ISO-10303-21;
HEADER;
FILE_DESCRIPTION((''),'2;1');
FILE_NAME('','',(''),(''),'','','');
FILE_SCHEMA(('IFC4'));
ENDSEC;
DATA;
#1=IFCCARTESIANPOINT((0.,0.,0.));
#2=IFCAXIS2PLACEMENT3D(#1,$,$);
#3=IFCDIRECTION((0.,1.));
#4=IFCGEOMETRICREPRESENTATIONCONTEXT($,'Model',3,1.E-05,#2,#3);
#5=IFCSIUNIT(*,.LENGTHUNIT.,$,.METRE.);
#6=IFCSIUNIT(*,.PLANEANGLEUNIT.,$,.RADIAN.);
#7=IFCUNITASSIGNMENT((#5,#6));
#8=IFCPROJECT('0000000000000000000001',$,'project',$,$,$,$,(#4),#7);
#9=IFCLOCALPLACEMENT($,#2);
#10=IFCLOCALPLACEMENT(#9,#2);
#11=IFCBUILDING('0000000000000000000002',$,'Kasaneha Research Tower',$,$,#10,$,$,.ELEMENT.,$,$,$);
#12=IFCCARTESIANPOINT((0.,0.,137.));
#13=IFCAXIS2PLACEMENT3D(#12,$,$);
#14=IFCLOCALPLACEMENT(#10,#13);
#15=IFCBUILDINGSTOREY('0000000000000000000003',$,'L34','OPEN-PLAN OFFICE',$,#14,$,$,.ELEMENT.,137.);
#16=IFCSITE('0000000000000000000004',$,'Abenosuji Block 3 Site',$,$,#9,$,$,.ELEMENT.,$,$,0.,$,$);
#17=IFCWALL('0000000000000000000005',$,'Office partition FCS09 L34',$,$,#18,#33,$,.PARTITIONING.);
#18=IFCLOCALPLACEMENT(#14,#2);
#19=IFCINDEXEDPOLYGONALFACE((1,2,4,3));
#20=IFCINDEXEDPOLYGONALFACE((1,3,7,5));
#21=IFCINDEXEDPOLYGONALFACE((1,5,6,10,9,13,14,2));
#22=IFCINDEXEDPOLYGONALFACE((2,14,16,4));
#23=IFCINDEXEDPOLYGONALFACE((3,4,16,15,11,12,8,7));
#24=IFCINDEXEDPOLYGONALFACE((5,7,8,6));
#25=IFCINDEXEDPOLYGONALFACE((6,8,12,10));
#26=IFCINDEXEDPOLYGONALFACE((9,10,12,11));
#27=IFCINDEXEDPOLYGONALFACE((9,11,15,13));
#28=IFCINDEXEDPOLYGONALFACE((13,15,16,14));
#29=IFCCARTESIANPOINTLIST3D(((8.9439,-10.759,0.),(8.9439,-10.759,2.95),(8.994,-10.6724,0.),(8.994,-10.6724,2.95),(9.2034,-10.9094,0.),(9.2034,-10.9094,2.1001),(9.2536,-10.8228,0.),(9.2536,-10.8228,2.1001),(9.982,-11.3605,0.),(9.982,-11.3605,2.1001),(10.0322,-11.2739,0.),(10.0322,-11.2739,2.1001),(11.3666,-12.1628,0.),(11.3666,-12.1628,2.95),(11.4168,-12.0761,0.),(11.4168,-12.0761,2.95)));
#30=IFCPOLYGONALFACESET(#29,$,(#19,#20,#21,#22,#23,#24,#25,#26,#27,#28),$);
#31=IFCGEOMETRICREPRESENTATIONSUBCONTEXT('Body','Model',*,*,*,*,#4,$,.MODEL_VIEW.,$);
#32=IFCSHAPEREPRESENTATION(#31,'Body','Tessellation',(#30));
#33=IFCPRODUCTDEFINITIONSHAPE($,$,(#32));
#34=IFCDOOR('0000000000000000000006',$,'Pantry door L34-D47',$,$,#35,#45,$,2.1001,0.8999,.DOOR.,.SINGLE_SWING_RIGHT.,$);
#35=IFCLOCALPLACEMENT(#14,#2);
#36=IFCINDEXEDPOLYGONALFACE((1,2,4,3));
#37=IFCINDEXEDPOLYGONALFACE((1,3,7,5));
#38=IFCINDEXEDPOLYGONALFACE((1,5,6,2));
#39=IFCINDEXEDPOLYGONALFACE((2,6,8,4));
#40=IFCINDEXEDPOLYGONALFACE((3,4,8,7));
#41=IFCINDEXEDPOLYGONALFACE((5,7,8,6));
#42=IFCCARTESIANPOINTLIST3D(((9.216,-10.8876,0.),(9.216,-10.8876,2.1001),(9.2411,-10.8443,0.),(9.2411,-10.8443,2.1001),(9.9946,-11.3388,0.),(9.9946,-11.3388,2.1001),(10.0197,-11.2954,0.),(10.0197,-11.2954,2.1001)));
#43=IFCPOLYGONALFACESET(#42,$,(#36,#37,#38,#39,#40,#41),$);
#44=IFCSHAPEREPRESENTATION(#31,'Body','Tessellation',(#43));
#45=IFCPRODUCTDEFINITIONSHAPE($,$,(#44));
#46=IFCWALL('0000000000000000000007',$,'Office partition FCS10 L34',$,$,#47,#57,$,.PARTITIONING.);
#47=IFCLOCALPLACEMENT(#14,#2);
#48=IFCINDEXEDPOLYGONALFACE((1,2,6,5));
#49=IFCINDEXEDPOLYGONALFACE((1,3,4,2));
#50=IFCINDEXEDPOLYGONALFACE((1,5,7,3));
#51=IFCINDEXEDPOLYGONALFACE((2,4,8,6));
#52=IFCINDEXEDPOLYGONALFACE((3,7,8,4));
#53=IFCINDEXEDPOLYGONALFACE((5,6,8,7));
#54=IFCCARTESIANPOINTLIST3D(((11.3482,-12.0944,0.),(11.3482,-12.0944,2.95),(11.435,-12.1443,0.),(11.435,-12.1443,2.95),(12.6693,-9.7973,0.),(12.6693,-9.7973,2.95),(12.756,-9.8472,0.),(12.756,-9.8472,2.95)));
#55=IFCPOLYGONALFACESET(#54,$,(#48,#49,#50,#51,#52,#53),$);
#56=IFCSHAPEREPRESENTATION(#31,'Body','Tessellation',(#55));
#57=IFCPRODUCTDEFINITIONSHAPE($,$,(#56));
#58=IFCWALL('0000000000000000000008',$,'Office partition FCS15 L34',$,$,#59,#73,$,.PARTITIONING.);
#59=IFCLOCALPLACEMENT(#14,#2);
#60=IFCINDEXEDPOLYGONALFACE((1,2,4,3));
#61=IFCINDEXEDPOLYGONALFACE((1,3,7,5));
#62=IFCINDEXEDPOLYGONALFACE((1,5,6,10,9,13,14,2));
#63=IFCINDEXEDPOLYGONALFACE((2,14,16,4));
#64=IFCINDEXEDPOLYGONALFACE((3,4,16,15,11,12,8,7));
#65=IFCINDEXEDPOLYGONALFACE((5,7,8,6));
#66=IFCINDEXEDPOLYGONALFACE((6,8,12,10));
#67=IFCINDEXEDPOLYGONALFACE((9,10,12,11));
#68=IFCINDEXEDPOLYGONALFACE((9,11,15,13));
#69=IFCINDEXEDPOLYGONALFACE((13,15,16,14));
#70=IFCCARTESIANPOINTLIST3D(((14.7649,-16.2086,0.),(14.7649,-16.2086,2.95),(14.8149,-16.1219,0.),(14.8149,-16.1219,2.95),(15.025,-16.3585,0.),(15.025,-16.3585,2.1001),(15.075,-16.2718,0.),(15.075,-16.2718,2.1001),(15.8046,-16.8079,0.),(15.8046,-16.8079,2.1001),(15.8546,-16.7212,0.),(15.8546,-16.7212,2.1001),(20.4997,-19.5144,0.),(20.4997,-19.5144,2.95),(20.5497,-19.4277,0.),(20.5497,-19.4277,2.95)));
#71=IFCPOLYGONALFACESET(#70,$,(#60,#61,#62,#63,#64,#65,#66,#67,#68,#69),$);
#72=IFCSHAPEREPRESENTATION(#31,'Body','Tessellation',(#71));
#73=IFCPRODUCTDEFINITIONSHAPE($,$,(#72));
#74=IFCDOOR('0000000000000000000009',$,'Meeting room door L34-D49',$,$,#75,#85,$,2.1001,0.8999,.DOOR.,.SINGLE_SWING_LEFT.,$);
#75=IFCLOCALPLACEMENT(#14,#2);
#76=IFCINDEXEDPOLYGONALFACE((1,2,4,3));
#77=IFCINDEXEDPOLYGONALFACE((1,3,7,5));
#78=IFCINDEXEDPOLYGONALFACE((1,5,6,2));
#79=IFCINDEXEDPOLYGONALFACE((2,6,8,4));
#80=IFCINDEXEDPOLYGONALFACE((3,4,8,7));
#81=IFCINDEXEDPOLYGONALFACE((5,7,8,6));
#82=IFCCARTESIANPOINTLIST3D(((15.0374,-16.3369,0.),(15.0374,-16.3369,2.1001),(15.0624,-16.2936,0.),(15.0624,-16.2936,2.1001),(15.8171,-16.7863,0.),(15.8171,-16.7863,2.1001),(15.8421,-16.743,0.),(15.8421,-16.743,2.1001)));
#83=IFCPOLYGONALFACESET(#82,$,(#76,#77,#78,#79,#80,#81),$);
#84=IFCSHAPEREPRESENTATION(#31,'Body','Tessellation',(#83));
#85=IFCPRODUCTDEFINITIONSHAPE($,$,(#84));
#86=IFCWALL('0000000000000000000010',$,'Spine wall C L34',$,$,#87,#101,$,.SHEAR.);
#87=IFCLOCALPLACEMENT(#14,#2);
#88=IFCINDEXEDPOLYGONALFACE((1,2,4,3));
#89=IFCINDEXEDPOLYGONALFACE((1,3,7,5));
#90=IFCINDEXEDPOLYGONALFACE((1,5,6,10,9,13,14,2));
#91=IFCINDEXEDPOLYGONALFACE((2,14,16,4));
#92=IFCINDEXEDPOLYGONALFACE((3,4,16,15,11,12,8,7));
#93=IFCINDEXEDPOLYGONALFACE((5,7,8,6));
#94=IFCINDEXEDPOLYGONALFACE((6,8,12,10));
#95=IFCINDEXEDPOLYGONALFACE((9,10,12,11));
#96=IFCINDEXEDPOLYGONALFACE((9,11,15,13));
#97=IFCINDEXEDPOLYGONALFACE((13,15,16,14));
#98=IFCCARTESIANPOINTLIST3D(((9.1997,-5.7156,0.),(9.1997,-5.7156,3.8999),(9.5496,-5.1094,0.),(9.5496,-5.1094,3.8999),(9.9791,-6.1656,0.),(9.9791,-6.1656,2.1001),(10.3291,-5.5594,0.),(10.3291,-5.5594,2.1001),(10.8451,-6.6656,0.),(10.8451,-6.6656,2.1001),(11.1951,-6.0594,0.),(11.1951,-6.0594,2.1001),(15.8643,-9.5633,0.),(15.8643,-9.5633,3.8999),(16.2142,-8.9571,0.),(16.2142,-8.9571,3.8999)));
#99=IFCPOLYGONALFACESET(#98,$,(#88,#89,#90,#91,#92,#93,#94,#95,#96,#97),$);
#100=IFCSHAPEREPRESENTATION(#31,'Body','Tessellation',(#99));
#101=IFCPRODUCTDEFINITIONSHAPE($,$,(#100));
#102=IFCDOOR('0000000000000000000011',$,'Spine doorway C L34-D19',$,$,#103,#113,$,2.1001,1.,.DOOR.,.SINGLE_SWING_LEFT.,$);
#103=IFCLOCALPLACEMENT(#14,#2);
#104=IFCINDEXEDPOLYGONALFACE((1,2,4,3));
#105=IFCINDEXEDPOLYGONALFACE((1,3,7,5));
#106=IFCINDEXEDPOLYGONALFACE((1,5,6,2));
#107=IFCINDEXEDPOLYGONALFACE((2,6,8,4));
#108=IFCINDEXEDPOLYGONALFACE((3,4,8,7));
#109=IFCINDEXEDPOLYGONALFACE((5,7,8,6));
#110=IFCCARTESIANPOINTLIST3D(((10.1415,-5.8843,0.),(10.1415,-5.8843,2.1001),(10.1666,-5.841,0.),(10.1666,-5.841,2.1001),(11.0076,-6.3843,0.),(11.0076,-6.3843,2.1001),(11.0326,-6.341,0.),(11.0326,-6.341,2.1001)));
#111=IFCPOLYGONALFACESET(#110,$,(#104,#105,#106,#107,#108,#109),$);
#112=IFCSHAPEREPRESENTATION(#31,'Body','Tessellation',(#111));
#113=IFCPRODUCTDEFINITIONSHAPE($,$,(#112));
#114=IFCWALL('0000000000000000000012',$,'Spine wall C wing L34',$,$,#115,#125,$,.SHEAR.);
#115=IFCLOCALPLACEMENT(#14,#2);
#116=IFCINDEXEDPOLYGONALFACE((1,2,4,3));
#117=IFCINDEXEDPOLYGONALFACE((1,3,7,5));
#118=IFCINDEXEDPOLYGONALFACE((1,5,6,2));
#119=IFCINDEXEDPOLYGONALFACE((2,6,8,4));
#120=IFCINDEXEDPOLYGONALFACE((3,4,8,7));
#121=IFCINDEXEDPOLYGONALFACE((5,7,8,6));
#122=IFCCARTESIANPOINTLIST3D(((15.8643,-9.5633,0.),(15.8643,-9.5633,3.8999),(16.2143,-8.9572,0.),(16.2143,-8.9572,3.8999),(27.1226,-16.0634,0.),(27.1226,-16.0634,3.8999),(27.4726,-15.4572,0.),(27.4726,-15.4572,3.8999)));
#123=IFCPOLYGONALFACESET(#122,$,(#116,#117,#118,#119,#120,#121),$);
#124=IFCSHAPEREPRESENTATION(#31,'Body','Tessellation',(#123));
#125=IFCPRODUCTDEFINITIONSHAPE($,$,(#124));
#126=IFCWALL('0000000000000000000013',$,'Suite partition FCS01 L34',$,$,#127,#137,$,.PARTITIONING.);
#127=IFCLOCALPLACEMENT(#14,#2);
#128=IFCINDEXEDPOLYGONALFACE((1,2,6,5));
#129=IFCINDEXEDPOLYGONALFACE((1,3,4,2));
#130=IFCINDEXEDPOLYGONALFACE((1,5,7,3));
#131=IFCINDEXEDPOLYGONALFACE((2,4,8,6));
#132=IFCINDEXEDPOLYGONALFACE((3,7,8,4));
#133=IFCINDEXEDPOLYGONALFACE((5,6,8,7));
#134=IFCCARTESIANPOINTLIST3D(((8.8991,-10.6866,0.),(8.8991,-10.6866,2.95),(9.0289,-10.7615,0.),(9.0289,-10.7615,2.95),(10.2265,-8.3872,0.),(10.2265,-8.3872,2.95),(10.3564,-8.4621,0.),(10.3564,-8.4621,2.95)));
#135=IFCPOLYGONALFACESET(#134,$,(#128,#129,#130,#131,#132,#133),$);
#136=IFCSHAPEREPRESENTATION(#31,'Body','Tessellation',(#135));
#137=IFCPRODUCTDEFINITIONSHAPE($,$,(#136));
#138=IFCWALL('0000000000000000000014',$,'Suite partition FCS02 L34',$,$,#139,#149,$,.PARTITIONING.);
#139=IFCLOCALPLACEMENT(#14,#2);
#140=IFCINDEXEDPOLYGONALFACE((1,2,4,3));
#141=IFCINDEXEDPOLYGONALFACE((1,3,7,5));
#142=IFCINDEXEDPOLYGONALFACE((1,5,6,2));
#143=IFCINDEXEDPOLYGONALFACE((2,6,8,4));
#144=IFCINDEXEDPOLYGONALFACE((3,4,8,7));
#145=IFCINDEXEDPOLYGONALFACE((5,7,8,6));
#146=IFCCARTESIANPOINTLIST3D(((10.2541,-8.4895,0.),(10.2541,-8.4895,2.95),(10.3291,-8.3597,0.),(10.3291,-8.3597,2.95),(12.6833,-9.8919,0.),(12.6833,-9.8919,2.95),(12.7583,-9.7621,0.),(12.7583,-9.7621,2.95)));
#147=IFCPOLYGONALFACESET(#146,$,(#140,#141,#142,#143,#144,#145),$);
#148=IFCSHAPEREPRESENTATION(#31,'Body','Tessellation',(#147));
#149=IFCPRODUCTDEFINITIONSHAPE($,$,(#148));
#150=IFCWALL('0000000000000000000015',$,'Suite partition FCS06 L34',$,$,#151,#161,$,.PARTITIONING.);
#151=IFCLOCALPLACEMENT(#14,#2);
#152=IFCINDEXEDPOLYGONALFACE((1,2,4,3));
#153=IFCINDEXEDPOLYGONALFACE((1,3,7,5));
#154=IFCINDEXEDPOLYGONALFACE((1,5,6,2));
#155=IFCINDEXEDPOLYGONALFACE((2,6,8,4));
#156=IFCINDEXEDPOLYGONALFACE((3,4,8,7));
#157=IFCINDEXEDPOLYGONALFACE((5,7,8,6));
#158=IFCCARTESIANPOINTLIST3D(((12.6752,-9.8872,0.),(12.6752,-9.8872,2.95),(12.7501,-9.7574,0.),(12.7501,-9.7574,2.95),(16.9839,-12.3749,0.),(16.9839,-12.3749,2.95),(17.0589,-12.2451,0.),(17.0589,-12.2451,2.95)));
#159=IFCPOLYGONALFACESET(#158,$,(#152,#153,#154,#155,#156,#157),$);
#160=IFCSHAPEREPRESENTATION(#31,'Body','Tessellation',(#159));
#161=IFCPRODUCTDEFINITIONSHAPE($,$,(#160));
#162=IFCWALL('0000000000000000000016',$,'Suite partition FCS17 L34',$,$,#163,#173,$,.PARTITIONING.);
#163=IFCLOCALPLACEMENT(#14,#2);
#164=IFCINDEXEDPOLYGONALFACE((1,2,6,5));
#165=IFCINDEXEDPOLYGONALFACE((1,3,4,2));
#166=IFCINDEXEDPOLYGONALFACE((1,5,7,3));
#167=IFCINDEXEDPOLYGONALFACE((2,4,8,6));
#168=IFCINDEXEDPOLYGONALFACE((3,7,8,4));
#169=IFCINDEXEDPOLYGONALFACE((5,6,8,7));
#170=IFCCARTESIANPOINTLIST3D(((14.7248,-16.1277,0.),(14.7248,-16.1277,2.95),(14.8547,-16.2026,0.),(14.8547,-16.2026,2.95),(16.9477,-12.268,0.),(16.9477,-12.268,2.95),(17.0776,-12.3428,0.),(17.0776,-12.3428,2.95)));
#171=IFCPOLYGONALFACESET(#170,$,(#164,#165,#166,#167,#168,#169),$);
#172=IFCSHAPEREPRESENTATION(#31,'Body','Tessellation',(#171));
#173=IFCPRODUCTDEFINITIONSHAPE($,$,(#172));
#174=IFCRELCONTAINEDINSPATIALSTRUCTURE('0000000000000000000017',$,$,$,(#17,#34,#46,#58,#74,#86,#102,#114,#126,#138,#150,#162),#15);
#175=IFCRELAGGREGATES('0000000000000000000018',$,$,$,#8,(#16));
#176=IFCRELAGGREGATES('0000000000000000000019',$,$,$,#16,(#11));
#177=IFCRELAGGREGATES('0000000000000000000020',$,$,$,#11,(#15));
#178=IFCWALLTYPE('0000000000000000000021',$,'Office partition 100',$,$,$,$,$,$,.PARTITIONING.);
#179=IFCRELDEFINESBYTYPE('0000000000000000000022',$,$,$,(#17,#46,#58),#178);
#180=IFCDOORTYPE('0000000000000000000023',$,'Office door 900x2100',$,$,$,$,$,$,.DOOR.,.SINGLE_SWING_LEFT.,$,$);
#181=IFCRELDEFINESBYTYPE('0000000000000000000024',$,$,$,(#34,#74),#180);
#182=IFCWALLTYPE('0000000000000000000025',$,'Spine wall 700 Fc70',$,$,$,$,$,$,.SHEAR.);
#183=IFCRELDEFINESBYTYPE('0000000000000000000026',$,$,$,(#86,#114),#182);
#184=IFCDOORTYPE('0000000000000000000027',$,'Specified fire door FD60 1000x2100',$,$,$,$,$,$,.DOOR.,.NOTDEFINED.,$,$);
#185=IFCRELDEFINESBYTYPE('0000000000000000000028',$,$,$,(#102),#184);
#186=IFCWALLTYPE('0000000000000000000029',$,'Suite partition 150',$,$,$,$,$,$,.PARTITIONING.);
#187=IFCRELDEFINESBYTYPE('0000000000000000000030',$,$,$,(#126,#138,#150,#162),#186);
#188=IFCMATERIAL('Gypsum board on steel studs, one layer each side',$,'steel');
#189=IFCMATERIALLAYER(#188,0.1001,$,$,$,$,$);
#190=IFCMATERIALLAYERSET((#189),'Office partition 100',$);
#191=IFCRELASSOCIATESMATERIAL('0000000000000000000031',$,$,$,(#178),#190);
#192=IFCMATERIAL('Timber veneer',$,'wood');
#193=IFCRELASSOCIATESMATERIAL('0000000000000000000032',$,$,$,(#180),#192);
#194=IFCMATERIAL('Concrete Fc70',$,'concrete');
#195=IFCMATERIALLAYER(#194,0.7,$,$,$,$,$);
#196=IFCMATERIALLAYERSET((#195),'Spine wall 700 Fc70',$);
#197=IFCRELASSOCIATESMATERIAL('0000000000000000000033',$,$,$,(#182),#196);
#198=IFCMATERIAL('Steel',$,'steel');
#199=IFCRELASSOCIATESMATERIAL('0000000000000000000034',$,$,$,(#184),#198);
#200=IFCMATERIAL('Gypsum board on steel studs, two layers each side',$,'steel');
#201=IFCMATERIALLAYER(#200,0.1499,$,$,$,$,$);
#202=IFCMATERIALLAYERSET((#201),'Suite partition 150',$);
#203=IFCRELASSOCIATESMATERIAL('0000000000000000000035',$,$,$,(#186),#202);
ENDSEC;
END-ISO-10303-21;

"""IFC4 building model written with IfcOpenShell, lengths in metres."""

from ifc_helpers import new_model, si_unit, direction, frame, frame_2d, origin, place, context, subcontext, project, spatial, rectangle, extrude, material, layer, layer_set, type_object, element, fill, save


model = new_model("IFC4")

# Units and contexts
model_context = context("Model", 3, precision=1e-05, world=origin(), true_north=direction((0.0, 1.0)))
body_context = subcontext(model_context, "Body", "Model", "MODEL_VIEW")
ifc_project = project(units=[si_unit("LENGTHUNIT", "METRE"), si_unit("PLANEANGLEUNIT", "RADIAN")], contexts=[model_context])

# Site, building, storey
site_placement = place(None, origin())
site = spatial("IfcSite", under=ifc_project, at=site_placement, Name="Abenosuji Block 3 Site", CompositionType="ELEMENT", RefElevation=0.0)
building_placement = place(site_placement, origin())
building = spatial("IfcBuilding", under=site, at=building_placement, Name="Kasaneha Research Tower", CompositionType="ELEMENT")
storey_placement = place(building_placement, frame((0.0, 0.0, 137.0)))
storey = spatial("IfcBuildingStorey", under=building, at=storey_placement, Name="L34", Description="OPEN-PLAN OFFICE", CompositionType="ELEMENT", Elevation=137.0)

# Wall, opening, door
ifc_material_1 = material(Name="Gypsum board on steel studs, one layer each side", Category="steel")
ifc_layer_1 = layer(ifc_material_1, 0.1001)
ifc_layer_set_1 = layer_set([ifc_layer_1], Name="Office partition 100")
wall_type_1 = type_object("IfcWallType", Name="Office partition 100", PredefinedType="PARTITIONING", material=ifc_layer_set_1)
wall_1_placement = place(storey_placement, frame((11.3916, -12.1194, 0.0), z_axis=(0.0, 0.0, 1.0), x_axis=(-0.865255, 0.501332, 0.0)))
wall_1 = element("IfcWall", 1, at=wall_1_placement, inside=storey, type_object=wall_type_1, Name="Office partition FCS09 L34", PredefinedType="PARTITIONING", context=body_context, shape_type="SweptSolid", body=[
    extrude(rectangle(XDim=2.8, YDim=0.1001, at=frame_2d((1.3999, 0.0))), origin(), (0.0, 0.0, 1.0), 2.95),
])
opening_1_placement = place(wall_1_placement, frame((1.6001, 0.0, 0.0)))
opening_1 = element("IfcOpeningElement", 2, at=opening_1_placement, cuts=wall_1, PredefinedType="OPENING", context=body_context, shape_type="SweptSolid", body=[
    extrude(rectangle(XDim=0.8999, YDim=2.1001, at=frame_2d((0.45, 1.05))), frame((0.0, 0.0601, 0.0), z_axis=(0.0, -1.0, 0.0), x_axis=(1.0, 0.0, 0.0)), (0.0, 0.0, 1.0), 0.1201),
])
ifc_material_2 = material(Name="Timber veneer", Category="wood")
door_type_1 = type_object("IfcDoorType", Name="Office door 900x2100", OperationType="SINGLE_SWING_LEFT", PredefinedType="DOOR", material=ifc_material_2)
door_1_placement = place(opening_1_placement, origin())
door_1 = element("IfcDoor", 3, at=door_1_placement, inside=storey, type_object=door_type_1, Name="Pantry door L34-D47", OperationType="SINGLE_SWING_RIGHT", OverallHeight=2.1001, OverallWidth=0.8999, PredefinedType="DOOR", context=body_context, shape_type="SweptSolid", body=[
    extrude(rectangle(XDim=0.8999, YDim=2.1001, at=frame_2d((0.45, 1.05))), frame((0.0, 0.0249, 0.0), z_axis=(0.0, -1.0, 0.0), x_axis=(1.0, 0.0, 0.0)), (0.0, 0.0, 1.0), 0.05),
])
fill(opening_1, door_1)

# Wall
wall_2_placement = place(storey_placement, frame((12.7126, -9.8223, 0.0), z_axis=(0.0, 0.0, 1.0), x_axis=(-0.498528, -0.866873, 0.0)))
element("IfcWall", 4, at=wall_2_placement, inside=storey, type_object=wall_type_1, Name="Office partition FCS10 L34", PredefinedType="PARTITIONING", context=body_context, shape_type="SweptSolid", body=[
    extrude(rectangle(XDim=2.6499, YDim=0.1001, at=frame_2d((1.325, 0.0))), origin(), (0.0, 0.0, 1.0), 2.95),
])

# Walls, openings, doors
wall_3_placement = place(storey_placement, frame((14.79, -16.1653, 0.0), z_axis=(0.0, 0.0, 1.0), x_axis=(0.86636, -0.49942, 0.0)))
wall_3 = element("IfcWall", 5, at=wall_3_placement, inside=storey, type_object=wall_type_1, Name="Office partition FCS15 L34", PredefinedType="PARTITIONING", context=body_context, shape_type="SweptSolid", body=[
    extrude(rectangle(XDim=6.6194, YDim=0.1001, at=frame_2d((3.3096, 0.0))), origin(), (0.0, 0.0, 1.0), 2.95),
])
opening_2_placement = place(wall_3_placement, frame((0.3, 0.0, 0.0)))
opening_2 = element("IfcOpeningElement", 6, at=opening_2_placement, cuts=wall_3, PredefinedType="OPENING", context=body_context, shape_type="SweptSolid", body=[
    extrude(rectangle(XDim=0.8999, YDim=2.1001, at=frame_2d((0.45, 1.05))), frame((0.0, 0.0601, 0.0), z_axis=(0.0, -1.0, 0.0), x_axis=(1.0, 0.0, 0.0)), (0.0, 0.0, 1.0), 0.1201),
])
door_2_placement = place(opening_2_placement, origin())
door_2 = element("IfcDoor", 7, at=door_2_placement, inside=storey, type_object=door_type_1, Name="Meeting room door L34-D49", OperationType="SINGLE_SWING_LEFT", OverallHeight=2.1001, OverallWidth=0.8999, PredefinedType="DOOR", context=body_context, shape_type="SweptSolid", body=[
    extrude(rectangle(XDim=0.8999, YDim=2.1001, at=frame_2d((0.45, 1.05))), frame((0.0, 0.0249, 0.0), z_axis=(0.0, -1.0, 0.0), x_axis=(1.0, 0.0, 0.0)), (0.0, 0.0, 1.0), 0.05),
])
fill(opening_2, door_2)
ifc_material_3 = material(Name="Concrete Fc70", Category="concrete")
ifc_layer_2 = layer(ifc_material_3, 0.7)
ifc_layer_set_2 = layer_set([ifc_layer_2], Name="Spine wall 700 Fc70")
wall_type_2 = type_object("IfcWallType", Name="Spine wall 700 Fc70", PredefinedType="SHEAR", material=ifc_layer_set_2)
wall_4_placement = place(storey_placement, frame((9.3748, -5.4126, 0.0), z_axis=(0.0, 0.0, 1.0), x_axis=(0.866032, -0.499988, 0.0)))
wall_4 = element("IfcWall", 8, at=wall_4_placement, inside=storey, type_object=wall_type_2, Name="Spine wall C L34", PredefinedType="SHEAR", context=body_context, shape_type="SweptSolid", body=[
    extrude(rectangle(XDim=7.6956, YDim=0.7, at=frame_2d((3.8477, 0.0))), origin(), (0.0, 0.0, 1.0), 3.8999),
])
opening_3_placement = place(wall_4_placement, frame((0.8999, 0.0, 0.0)))
opening_3 = element("IfcOpeningElement", 9, at=opening_3_placement, cuts=wall_4, PredefinedType="OPENING", context=body_context, shape_type="SweptSolid", body=[
    extrude(rectangle(XDim=1.0, YDim=2.1001, at=frame_2d((0.5, 1.05))), frame((0.0, 0.3599, 0.0), z_axis=(0.0, -1.0, 0.0), x_axis=(1.0, 0.0, 0.0)), (0.0, 0.0, 1.0), 0.72),
])
ifc_material_4 = material(Name="Steel", Category="steel")
door_type_2 = type_object("IfcDoorType", Name="Specified fire door FD60 1000x2100", OperationType="NOTDEFINED", PredefinedType="DOOR", material=ifc_material_4)
door_3_placement = place(opening_3_placement, origin())
door_3 = element("IfcDoor", 10, at=door_3_placement, inside=storey, type_object=door_type_2, Name="Spine doorway C L34-D19", OperationType="SINGLE_SWING_LEFT", OverallHeight=2.1001, OverallWidth=1.0, PredefinedType="DOOR", context=body_context, shape_type="SweptSolid", body=[
    extrude(rectangle(XDim=1.0, YDim=2.1001, at=frame_2d((0.5, 1.05))), frame((0.0, 0.0249, 0.0), z_axis=(0.0, -1.0, 0.0), x_axis=(1.0, 0.0, 0.0)), (0.0, 0.0, 1.0), 0.05),
])
fill(opening_3, door_3)

# Walls
wall_5_placement = place(storey_placement, frame((16.0393, -9.2603, 0.0), z_axis=(0.0, 0.0, 1.0), x_axis=(0.866025, -0.500001, 0.0)))
element("IfcWall", 11, at=wall_5_placement, inside=storey, type_object=wall_type_2, Name="Spine wall C wing L34", PredefinedType="SHEAR", context=body_context, shape_type="SweptSolid", body=[
    extrude(rectangle(XDim=13.0, YDim=0.7, at=frame_2d((6.5, 0.0))), origin(), (0.0, 0.0, 1.0), 3.8999),
])
ifc_material_5 = material(Name="Gypsum board on steel studs, two layers each side", Category="steel")
ifc_layer_3 = layer(ifc_material_5, 0.1499)
ifc_layer_set_3 = layer_set([ifc_layer_3], Name="Suite partition 150")
wall_type_3 = type_object("IfcWallType", Name="Suite partition 150", PredefinedType="PARTITIONING", material=ifc_layer_set_3)
wall_6_placement = place(storey_placement, frame((10.2915, -8.4246, 0.0), z_axis=(0.0, 0.0, 1.0), x_axis=(-0.499967, -0.866045, 0.0)))
element("IfcWall", 12, at=wall_6_placement, inside=storey, type_object=wall_type_3, Name="Suite partition FCS01 L34", PredefinedType="PARTITIONING", context=body_context, shape_type="SweptSolid", body=[
    extrude(rectangle(XDim=2.655, YDim=0.1499, at=frame_2d((1.3276, 0.0))), origin(), (0.0, 0.0, 1.0), 2.95),
])
wall_7_placement = place(storey_placement, frame((12.7207, -9.8269, 0.0), z_axis=(0.0, 0.0, 1.0), x_axis=(-0.866049, 0.499959, 0.0)))
element("IfcWall", 13, at=wall_7_placement, inside=storey, type_object=wall_type_3, Name="Suite partition FCS02 L34", PredefinedType="PARTITIONING", context=body_context, shape_type="SweptSolid", body=[
    extrude(rectangle(XDim=2.8049, YDim=0.1499, at=frame_2d((1.4023, 0.0))), origin(), (0.0, 0.0, 1.0), 2.95),
])
wall_8_placement = place(storey_placement, frame((17.0215, -12.3101, 0.0), z_axis=(0.0, 0.0, 1.0), x_axis=(-0.866018, 0.500013, 0.0)))
element("IfcWall", 14, at=wall_8_placement, inside=storey, type_object=wall_type_3, Name="Suite partition FCS06 L34", PredefinedType="PARTITIONING", context=body_context, shape_type="SweptSolid", body=[
    extrude(rectangle(XDim=4.9753, YDim=0.1499, at=frame_2d((2.4878, 0.0))), origin(), (0.0, 0.0, 1.0), 2.95),
])
wall_9_placement = place(storey_placement, frame((17.0127, -12.3054, 0.0), z_axis=(0.0, 0.0, 1.0), x_axis=(-0.499082, -0.866555, 0.0)))
element("IfcWall", 15, at=wall_9_placement, inside=storey, type_object=wall_type_3, Name="Suite partition FCS17 L34", PredefinedType="PARTITIONING", context=body_context, shape_type="SweptSolid", body=[
    extrude(rectangle(XDim=4.4541, YDim=0.1499, at=frame_2d((2.2271, 0.0))), origin(), (0.0, 0.0, 1.0), 2.95),
])

save(model, "model.ifc")
